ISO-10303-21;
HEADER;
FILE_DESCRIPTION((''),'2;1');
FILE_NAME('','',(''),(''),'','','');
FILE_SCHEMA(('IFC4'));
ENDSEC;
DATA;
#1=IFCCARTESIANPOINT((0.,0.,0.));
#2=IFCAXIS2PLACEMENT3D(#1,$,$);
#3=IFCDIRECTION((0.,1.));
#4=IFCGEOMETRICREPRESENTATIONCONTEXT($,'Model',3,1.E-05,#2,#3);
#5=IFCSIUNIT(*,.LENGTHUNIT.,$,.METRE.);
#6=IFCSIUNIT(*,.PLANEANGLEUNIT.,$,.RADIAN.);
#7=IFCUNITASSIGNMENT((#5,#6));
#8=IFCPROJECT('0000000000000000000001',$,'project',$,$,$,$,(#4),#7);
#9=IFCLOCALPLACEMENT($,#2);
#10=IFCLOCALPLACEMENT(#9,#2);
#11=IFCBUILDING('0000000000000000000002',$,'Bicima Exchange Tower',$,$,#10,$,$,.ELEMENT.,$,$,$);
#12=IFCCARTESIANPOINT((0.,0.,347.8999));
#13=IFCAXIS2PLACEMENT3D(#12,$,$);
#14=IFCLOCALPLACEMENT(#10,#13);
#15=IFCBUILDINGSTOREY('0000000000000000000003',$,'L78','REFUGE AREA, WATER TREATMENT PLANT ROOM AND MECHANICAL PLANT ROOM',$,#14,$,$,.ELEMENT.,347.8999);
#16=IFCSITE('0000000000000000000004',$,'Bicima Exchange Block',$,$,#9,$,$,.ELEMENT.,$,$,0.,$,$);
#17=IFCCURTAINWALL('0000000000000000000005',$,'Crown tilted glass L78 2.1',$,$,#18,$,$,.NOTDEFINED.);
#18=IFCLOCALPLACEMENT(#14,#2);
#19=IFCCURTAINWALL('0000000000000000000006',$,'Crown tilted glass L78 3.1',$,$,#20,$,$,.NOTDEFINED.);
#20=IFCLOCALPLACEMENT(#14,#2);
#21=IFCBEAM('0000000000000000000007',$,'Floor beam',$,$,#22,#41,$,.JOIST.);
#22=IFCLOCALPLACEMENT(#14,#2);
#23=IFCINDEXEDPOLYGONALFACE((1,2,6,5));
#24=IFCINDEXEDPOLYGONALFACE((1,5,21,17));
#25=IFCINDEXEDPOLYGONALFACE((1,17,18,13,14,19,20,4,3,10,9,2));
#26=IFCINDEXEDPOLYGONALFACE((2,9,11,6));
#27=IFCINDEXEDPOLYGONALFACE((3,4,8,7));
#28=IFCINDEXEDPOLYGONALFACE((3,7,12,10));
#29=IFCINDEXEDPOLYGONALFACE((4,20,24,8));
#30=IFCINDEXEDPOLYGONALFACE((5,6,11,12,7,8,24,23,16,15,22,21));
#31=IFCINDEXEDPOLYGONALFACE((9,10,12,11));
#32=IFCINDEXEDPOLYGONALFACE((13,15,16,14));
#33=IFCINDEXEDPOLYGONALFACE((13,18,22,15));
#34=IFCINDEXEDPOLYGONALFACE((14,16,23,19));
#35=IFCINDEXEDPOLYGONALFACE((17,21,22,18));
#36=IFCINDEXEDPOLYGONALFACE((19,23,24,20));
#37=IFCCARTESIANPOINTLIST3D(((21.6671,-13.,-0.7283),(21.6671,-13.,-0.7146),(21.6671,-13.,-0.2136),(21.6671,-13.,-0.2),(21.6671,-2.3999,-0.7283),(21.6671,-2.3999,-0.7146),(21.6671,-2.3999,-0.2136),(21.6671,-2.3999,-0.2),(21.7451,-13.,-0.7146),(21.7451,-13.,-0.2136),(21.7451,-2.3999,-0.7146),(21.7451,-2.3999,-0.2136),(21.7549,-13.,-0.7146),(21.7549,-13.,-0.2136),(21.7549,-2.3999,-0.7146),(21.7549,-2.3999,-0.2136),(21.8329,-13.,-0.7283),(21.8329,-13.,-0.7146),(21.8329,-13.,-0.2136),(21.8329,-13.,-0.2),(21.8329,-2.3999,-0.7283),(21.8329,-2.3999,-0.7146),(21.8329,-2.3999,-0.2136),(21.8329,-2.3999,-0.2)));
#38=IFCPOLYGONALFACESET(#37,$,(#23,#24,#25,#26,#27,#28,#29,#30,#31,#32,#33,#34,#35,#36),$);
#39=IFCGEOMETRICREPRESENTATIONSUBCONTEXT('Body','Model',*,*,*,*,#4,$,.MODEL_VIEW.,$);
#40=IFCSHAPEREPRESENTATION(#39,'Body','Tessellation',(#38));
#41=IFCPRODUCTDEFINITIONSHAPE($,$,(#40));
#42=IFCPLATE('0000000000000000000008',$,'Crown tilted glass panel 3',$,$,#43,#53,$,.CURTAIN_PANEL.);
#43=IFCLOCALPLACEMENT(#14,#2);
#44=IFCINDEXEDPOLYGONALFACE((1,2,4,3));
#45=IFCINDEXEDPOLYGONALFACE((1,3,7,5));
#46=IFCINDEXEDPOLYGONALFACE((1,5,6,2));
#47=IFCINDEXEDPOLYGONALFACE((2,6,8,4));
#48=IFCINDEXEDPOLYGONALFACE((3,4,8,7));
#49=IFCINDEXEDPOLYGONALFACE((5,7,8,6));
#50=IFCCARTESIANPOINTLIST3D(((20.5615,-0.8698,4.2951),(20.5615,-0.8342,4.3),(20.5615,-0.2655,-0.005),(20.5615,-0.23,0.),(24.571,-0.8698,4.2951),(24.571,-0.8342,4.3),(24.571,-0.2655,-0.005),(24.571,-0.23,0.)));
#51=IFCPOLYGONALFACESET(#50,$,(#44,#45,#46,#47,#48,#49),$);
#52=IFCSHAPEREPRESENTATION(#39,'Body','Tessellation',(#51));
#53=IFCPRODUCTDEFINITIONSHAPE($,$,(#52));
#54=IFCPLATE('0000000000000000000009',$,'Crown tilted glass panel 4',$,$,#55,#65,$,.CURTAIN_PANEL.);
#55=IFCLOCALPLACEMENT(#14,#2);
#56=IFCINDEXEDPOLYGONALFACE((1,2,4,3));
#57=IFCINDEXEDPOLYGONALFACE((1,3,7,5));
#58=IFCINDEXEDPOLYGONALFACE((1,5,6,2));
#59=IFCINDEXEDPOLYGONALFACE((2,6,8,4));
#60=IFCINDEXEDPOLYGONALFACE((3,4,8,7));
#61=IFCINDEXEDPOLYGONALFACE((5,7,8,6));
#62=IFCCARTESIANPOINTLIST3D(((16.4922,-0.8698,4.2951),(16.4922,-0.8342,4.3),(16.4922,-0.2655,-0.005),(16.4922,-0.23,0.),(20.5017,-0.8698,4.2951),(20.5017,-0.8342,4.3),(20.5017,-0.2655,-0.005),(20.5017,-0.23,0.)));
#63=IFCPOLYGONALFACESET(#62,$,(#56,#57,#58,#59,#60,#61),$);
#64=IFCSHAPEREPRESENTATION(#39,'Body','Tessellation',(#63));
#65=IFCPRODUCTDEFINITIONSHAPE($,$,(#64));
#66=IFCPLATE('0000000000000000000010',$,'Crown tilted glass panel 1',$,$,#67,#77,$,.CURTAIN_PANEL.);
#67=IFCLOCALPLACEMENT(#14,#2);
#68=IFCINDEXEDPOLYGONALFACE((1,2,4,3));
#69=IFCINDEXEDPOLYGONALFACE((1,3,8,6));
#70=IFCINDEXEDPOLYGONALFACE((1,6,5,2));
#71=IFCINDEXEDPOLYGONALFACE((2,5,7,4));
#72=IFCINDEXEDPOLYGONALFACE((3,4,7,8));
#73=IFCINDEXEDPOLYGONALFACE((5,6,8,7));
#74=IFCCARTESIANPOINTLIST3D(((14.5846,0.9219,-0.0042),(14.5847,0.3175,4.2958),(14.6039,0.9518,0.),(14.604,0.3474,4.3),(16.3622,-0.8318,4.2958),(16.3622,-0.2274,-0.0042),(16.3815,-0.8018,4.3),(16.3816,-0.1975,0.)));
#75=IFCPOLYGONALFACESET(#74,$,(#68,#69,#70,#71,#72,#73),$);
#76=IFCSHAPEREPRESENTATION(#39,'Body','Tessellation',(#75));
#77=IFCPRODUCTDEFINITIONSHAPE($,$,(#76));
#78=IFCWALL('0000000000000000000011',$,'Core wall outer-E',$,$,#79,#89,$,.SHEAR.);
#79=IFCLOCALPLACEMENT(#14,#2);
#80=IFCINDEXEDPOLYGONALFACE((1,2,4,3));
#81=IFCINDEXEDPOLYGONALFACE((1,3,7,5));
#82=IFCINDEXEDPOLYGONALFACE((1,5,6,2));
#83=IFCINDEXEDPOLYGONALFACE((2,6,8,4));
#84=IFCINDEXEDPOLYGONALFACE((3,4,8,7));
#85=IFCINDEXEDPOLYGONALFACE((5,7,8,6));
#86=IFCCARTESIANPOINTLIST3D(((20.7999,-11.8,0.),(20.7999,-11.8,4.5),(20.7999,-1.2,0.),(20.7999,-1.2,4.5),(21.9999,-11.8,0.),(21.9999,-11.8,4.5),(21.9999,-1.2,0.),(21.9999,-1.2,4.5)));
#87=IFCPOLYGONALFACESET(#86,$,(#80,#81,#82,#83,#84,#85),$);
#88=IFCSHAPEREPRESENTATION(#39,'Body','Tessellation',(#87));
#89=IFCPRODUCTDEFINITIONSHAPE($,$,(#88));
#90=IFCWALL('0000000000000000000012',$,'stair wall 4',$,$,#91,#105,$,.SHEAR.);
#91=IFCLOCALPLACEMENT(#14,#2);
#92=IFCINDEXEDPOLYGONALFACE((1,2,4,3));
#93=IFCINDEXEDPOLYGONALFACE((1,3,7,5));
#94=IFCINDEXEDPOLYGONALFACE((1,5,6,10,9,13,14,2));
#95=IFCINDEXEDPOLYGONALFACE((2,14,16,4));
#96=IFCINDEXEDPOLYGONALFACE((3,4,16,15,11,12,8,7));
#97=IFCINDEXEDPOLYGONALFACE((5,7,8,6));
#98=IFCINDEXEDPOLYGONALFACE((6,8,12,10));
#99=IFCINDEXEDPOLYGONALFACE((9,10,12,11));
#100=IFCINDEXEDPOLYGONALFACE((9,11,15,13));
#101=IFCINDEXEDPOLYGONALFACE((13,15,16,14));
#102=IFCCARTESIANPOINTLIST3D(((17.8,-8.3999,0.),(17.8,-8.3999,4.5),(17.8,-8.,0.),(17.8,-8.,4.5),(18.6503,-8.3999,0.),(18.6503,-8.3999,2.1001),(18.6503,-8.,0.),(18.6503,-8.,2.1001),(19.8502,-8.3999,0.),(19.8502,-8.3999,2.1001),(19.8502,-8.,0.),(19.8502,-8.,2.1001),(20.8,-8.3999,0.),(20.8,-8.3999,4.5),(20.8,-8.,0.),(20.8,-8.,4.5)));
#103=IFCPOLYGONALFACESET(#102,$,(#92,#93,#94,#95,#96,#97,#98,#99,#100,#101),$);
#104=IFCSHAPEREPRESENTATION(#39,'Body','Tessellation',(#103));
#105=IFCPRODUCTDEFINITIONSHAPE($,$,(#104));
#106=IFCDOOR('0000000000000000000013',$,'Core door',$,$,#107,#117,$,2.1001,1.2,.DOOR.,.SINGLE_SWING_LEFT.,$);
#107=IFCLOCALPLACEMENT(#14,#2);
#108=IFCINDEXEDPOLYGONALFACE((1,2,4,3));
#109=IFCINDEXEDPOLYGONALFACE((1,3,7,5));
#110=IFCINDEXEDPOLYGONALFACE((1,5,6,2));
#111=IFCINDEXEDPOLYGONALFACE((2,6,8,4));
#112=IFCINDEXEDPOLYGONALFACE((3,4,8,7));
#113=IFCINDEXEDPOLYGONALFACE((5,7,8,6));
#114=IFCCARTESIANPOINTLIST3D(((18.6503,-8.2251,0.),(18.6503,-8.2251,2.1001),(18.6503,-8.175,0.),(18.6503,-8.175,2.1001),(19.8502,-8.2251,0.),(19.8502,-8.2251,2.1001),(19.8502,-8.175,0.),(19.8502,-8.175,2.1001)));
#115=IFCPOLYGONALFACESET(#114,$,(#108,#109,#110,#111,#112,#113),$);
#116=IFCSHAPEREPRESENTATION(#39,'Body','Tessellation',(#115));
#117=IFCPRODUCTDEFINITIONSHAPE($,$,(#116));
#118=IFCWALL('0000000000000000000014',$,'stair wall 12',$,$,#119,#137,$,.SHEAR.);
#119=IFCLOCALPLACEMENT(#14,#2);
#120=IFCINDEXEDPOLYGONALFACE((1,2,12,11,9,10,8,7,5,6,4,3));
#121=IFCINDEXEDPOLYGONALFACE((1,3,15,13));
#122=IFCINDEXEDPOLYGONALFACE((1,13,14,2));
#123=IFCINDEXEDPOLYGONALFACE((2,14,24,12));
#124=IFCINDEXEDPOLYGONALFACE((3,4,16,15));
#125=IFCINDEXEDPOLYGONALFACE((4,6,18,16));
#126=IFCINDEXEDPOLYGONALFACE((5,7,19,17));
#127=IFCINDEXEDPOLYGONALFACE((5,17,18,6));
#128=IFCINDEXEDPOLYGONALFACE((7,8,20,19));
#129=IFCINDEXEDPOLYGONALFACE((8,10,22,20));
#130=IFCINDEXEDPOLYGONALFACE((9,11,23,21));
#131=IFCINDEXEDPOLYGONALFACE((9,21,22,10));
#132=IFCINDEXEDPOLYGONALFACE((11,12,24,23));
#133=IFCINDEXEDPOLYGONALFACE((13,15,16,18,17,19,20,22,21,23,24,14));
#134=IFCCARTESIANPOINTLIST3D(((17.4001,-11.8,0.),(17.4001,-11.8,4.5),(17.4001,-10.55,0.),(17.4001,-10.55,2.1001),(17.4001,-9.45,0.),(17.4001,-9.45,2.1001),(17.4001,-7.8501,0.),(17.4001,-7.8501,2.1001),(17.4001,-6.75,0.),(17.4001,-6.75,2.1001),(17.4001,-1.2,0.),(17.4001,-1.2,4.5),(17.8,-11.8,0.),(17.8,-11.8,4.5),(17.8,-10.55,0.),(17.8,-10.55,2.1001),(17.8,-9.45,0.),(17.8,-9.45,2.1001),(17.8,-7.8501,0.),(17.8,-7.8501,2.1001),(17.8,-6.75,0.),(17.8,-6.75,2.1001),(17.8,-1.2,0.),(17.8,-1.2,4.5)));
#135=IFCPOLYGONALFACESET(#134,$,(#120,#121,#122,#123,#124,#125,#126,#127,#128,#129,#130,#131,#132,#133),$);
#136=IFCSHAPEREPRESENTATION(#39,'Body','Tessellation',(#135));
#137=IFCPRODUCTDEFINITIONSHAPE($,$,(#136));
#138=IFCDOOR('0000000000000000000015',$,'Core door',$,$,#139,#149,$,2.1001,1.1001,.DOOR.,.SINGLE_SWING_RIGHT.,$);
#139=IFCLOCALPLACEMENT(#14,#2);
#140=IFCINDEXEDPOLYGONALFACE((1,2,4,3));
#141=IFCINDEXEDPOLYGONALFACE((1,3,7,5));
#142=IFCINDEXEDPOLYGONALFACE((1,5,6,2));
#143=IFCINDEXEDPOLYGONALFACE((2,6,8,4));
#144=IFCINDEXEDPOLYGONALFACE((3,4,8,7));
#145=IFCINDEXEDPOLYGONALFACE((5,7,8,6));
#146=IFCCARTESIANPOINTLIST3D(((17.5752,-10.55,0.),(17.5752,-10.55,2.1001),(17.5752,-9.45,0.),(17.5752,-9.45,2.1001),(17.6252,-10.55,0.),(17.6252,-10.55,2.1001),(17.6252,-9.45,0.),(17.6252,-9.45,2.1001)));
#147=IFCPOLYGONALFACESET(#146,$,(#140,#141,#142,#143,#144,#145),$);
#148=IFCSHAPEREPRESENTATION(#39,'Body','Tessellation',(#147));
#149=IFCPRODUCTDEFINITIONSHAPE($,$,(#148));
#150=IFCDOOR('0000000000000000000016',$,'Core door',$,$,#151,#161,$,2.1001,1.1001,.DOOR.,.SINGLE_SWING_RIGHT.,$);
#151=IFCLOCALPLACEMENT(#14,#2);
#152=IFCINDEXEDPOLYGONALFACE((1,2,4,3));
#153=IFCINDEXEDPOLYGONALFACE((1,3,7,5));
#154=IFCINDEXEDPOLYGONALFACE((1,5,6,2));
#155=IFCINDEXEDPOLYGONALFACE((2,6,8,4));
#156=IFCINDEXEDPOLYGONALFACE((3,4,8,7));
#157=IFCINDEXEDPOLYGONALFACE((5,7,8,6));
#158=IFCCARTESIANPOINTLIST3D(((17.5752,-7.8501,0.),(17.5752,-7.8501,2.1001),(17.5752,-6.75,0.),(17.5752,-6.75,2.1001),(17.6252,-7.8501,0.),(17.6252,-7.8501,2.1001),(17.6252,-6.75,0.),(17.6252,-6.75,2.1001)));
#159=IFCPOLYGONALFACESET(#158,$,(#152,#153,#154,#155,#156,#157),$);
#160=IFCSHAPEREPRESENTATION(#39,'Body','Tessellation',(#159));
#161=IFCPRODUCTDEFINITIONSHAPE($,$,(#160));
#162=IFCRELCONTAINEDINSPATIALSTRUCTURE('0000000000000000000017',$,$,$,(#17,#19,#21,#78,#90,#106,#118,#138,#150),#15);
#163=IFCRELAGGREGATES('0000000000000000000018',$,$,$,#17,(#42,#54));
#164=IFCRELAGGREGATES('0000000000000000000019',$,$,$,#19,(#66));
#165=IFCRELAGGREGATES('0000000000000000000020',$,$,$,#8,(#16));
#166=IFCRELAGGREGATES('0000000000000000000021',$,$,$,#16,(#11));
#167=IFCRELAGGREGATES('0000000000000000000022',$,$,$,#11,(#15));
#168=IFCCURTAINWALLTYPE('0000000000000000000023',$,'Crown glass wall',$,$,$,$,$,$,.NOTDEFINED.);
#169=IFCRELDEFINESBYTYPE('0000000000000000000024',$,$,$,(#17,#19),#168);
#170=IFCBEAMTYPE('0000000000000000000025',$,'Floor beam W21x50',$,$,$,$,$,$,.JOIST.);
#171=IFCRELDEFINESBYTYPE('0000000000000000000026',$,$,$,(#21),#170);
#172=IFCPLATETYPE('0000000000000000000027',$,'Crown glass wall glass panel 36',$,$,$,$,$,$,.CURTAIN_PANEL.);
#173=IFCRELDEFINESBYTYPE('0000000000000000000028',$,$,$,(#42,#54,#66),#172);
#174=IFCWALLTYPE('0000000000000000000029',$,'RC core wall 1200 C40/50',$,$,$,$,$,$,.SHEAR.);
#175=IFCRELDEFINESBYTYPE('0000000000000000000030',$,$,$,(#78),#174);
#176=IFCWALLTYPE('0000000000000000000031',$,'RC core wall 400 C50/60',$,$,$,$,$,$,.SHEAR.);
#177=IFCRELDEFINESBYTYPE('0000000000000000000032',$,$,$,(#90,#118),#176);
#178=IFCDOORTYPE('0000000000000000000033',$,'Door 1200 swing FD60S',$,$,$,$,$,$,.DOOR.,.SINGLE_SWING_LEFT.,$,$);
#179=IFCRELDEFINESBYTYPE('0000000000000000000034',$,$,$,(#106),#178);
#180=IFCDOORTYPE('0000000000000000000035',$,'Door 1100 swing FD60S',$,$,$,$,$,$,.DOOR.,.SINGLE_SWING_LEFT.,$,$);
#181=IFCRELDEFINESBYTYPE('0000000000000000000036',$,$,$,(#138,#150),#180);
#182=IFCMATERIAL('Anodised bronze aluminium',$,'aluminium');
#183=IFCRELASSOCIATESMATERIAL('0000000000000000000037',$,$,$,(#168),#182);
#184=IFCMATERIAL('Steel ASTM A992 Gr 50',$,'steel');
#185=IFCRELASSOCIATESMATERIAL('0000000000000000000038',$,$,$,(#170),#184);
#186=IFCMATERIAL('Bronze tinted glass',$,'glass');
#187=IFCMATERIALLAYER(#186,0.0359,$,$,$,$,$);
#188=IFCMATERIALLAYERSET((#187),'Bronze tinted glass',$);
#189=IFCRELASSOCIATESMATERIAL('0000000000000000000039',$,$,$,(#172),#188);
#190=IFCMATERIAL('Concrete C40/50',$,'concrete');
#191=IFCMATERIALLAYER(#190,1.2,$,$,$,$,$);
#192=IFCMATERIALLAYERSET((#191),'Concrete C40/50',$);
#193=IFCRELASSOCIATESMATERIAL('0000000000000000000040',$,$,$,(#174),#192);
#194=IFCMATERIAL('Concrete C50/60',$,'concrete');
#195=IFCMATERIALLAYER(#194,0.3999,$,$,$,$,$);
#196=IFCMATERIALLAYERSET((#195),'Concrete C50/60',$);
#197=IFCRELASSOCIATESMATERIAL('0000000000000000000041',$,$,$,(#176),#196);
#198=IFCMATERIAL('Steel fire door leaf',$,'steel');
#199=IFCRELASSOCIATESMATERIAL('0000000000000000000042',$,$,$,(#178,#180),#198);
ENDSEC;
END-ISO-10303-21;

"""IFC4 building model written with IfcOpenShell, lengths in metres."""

from ifc_helpers import new_model, si_unit, direction, frame, frame_2d, origin, origin_2d, place, context, subcontext, project, spatial, polyline, rectangle, i_section, outline, extrude, material, layer, layer_set, material_profile, profile_set, type_object, element, fill, aggregate, save


model = new_model("IFC4")

# Units and contexts
model_context = context("Model", 3, precision=1e-05, world=origin(), true_north=direction((0.0, 1.0)))
body_context = subcontext(model_context, "Body", "Model", "MODEL_VIEW")
ifc_project = project(units=[si_unit("LENGTHUNIT", "METRE"), si_unit("PLANEANGLEUNIT", "RADIAN")], contexts=[model_context])

# Site, building, storey
site_placement = place(None, origin())
site = spatial("IfcSite", under=ifc_project, at=site_placement, Name="Bicima Exchange Block", CompositionType="ELEMENT", RefElevation=0.0)
building_placement = place(site_placement, origin())
building = spatial("IfcBuilding", under=site, at=building_placement, Name="Bicima Exchange Tower", CompositionType="ELEMENT")
storey_placement = place(building_placement, frame((0.0, 0.0, 347.8999)))
storey = spatial("IfcBuildingStorey", under=building, at=storey_placement, Name="L78", Description="REFUGE AREA, WATER TREATMENT PLANT ROOM AND MECHANICAL PLANT ROOM", CompositionType="ELEMENT", Elevation=347.8999)

# Curtain wall
ifc_material_1 = material(Name="Anodised bronze aluminium", Category="aluminium")
curtain_wall_type_1 = type_object("IfcCurtainWallType", Name="Crown glass wall", PredefinedType="NOTDEFINED", material=ifc_material_1)
curtain_wall_1_placement = place(storey_placement, origin())
curtain_wall_1 = element("IfcCurtainWall", 1, at=curtain_wall_1_placement, inside=storey, type_object=curtain_wall_type_1, Name="Crown tilted glass L78 2.1", PredefinedType="NOTDEFINED")

# Curtain wall
curtain_wall_2_placement = place(storey_placement, origin())
curtain_wall_2 = element("IfcCurtainWall", 2, at=curtain_wall_2_placement, inside=storey, type_object=curtain_wall_type_1, Name="Crown tilted glass L78 3.1", PredefinedType="NOTDEFINED")

# Beam
ifc_material_2 = material(Name="Steel ASTM A992 Gr 50", Category="steel")
ifc_material_profile_1 = material_profile(ifc_material_2, i_section(OverallWidth=0.1658, OverallDepth=0.5283, WebThickness=0.0098, FlangeThickness=0.0137, at=origin_2d()))
ifc_profile_set_1 = profile_set([ifc_material_profile_1], Name="Steel ASTM A992 Gr 50")
beam_type = type_object("IfcBeamType", Name="Floor beam W21x50", PredefinedType="JOIST", material=ifc_profile_set_1)
beam_placement = place(storey_placement, frame((21.75, -2.3999, -0.4641), z_axis=(0.0, -1.0, 0.0), x_axis=(1.0, 0.0, 0.0)))
element("IfcBeam", 3, at=beam_placement, inside=storey, type_object=beam_type, Name="Floor beam", PredefinedType="JOIST", context=body_context, shape_type="SweptSolid", body=[
    extrude(i_section(OverallWidth=0.1658, OverallDepth=0.5283, WebThickness=0.0098, FlangeThickness=0.0137, at=origin_2d()), origin(), (0.0, 0.0, 1.0), 10.6001),
])

# Plates
ifc_material_3 = material(Name="Bronze tinted glass", Category="glass")
ifc_layer_1 = layer(ifc_material_3, 0.0359)
ifc_layer_set_1 = layer_set([ifc_layer_1], Name="Bronze tinted glass")
plate_type = type_object("IfcPlateType", Name="Crown glass wall glass panel 36", PredefinedType="CURTAIN_PANEL", material=ifc_layer_set_1)
plate_1_placement = place(storey_placement, frame((24.571, -0.23, 0.0), z_axis=(0.0, 0.990271, 0.139154), x_axis=(-1.0, 0.0, 0.0)))
plate_1 = element("IfcPlate", 4, at=plate_1_placement, type_object=plate_type, Name="Crown tilted glass panel 3", PredefinedType="CURTAIN_PANEL", context=body_context, shape_type="SweptSolid", body=[
    extrude(outline(polyline([(0.0, 0.0), (4.0095, 0.0), (4.0095, 4.3423), (0.0, 4.3423), (0.0, 0.0)])), origin(), (0.0, 0.0, -1.0), 0.0359),
])
plate_2_placement = place(storey_placement, frame((20.5017, -0.23, 0.0), z_axis=(0.0, 0.990271, 0.139154), x_axis=(-1.0, 0.0, 0.0)))
plate_2 = element("IfcPlate", 5, at=plate_2_placement, type_object=plate_type, Name="Crown tilted glass panel 4", PredefinedType="CURTAIN_PANEL", context=body_context, shape_type="SweptSolid", body=[
    extrude(outline(polyline([(0.0, 0.0), (4.0095, 0.0), (4.0095, 4.3423), (0.0, 4.3423), (0.0, 0.0)])), origin(), (0.0, 0.0, -1.0), 0.0359),
])
aggregate(curtain_wall_1, [plate_1, plate_2])
plate_3_placement = place(storey_placement, frame((16.3816, -0.1975, 0.0), z_axis=(0.539205, 0.833978, 0.117215), x_axis=(-0.839766, 0.542948, -0.000006)))
plate_3 = element("IfcPlate", 6, at=plate_3_placement, type_object=plate_type, Name="Crown tilted glass panel 1", PredefinedType="CURTAIN_PANEL", context=body_context, shape_type="SweptSolid", body=[
    extrude(outline(polyline([(0.0, 0.0), (2.1168, 0.0), (1.7886, 4.3299), (-0.3281, 4.3299), (0.0, 0.0)])), origin(), (0.0, 0.0, -1.0), 0.0359),
])
aggregate(curtain_wall_2, [plate_3])

# Wall
ifc_material_4 = material(Name="Concrete C40/50", Category="concrete")
ifc_layer_2 = layer(ifc_material_4, 1.2)
ifc_layer_set_2 = layer_set([ifc_layer_2], Name="Concrete C40/50")
wall_type_1 = type_object("IfcWallType", Name="RC core wall 1200 C40/50", PredefinedType="SHEAR", material=ifc_layer_set_2)
wall_1_placement = place(storey_placement, frame((21.3999, -11.8, 0.0), z_axis=(0.0, 0.0, 1.0), x_axis=(0.0, 1.0, 0.0)))
element("IfcWall", 7, at=wall_1_placement, inside=storey, type_object=wall_type_1, Name="Core wall outer-E", PredefinedType="SHEAR", context=body_context, shape_type="SweptSolid", body=[
    extrude(rectangle(XDim=10.6001, YDim=1.2, at=frame_2d((5.3, 0.0))), origin(), (0.0, 0.0, 1.0), 4.5),
])

# Wall, opening, door
ifc_material_5 = material(Name="Concrete C50/60", Category="concrete")
ifc_layer_3 = layer(ifc_material_5, 0.3999)
ifc_layer_set_3 = layer_set([ifc_layer_3], Name="Concrete C50/60")
wall_type_2 = type_object("IfcWallType", Name="RC core wall 400 C50/60", PredefinedType="SHEAR", material=ifc_layer_set_3)
wall_2_placement = place(storey_placement, frame((17.8, -8.2, 0.0), z_axis=(0.0, 0.0, 1.0), x_axis=(1.0, 0.0, 0.0)))
wall_2 = element("IfcWall", 8, at=wall_2_placement, inside=storey, type_object=wall_type_2, Name="stair wall 4", PredefinedType="SHEAR", context=body_context, shape_type="SweptSolid", body=[
    extrude(rectangle(XDim=3.0, YDim=0.3999, at=frame_2d((1.5, 0.0))), origin(), (0.0, 0.0, 1.0), 4.5),
])
opening_1_placement = place(wall_2_placement, frame((0.8501, 0.0, 0.0)))
opening_1 = element("IfcOpeningElement", 9, at=opening_1_placement, cuts=wall_2, PredefinedType="OPENING", context=body_context, shape_type="SweptSolid", body=[
    extrude(rectangle(XDim=1.2, YDim=2.1001, at=frame_2d((0.6001, 1.05))), frame((0.0, 0.2119, 0.0), z_axis=(0.0, -1.0, 0.0), x_axis=(1.0, 0.0, 0.0)), (0.0, 0.0, 1.0), 0.4238),
])
ifc_material_6 = material(Name="Steel fire door leaf", Category="steel")
door_type_1 = type_object("IfcDoorType", Name="Door 1200 swing FD60S", OperationType="SINGLE_SWING_LEFT", PredefinedType="DOOR", material=ifc_material_6)
door_1_placement = place(opening_1_placement, origin())
door_1 = element("IfcDoor", 10, at=door_1_placement, inside=storey, type_object=door_type_1, Name="Core door", OperationType="SINGLE_SWING_LEFT", OverallHeight=2.1001, OverallWidth=1.2, PredefinedType="DOOR", context=body_context, shape_type="SweptSolid", body=[
    extrude(rectangle(XDim=1.2, YDim=2.1001, at=frame_2d((0.6001, 1.05))), frame((0.0, 0.0249, 0.0), z_axis=(0.0, -1.0, 0.0), x_axis=(1.0, 0.0, 0.0)), (0.0, 0.0, 1.0), 0.05),
])
fill(opening_1, door_1)

# Wall, openings, doors
wall_3_placement = place(storey_placement, frame((17.6001, -11.8, 0.0), z_axis=(0.0, 0.0, 1.0), x_axis=(0.0, 1.0, 0.0)))
wall_3 = element("IfcWall", 11, at=wall_3_placement, inside=storey, type_object=wall_type_2, Name="stair wall 12", PredefinedType="SHEAR", context=body_context, shape_type="SweptSolid", body=[
    extrude(rectangle(XDim=10.6001, YDim=0.3999, at=frame_2d((5.3, 0.0))), origin(), (0.0, 0.0, 1.0), 4.5),
])
opening_2_placement = place(wall_3_placement, frame((1.25, 0.0, 0.0)))
opening_2 = element("IfcOpeningElement", 12, at=opening_2_placement, cuts=wall_3, PredefinedType="OPENING", context=body_context, shape_type="SweptSolid", body=[
    extrude(rectangle(XDim=1.1001, YDim=2.1001, at=frame_2d((0.55, 1.05))), frame((0.0, 0.2119, 0.0), z_axis=(0.0, -1.0, 0.0), x_axis=(1.0, 0.0, 0.0)), (0.0, 0.0, 1.0), 0.4238),
])
opening_3_placement = place(wall_3_placement, frame((3.95, 0.0, 0.0)))
opening_3 = element("IfcOpeningElement", 13, at=opening_3_placement, cuts=wall_3, PredefinedType="OPENING", context=body_context, shape_type="SweptSolid", body=[
    extrude(rectangle(XDim=1.1001, YDim=2.1001, at=frame_2d((0.55, 1.05))), frame((0.0, 0.2119, 0.0), z_axis=(0.0, -1.0, 0.0), x_axis=(1.0, 0.0, 0.0)), (0.0, 0.0, 1.0), 0.4238),
])
door_type_2 = type_object("IfcDoorType", Name="Door 1100 swing FD60S", OperationType="SINGLE_SWING_LEFT", PredefinedType="DOOR", material=ifc_material_6)
door_2_placement = place(opening_2_placement, origin())
door_2 = element("IfcDoor", 14, at=door_2_placement, inside=storey, type_object=door_type_2, Name="Core door", OperationType="SINGLE_SWING_RIGHT", OverallHeight=2.1001, OverallWidth=1.1001, PredefinedType="DOOR", context=body_context, shape_type="SweptSolid", body=[
    extrude(rectangle(XDim=1.1001, YDim=2.1001, at=frame_2d((0.55, 1.05))), frame((0.0, 0.0249, 0.0), z_axis=(0.0, -1.0, 0.0), x_axis=(1.0, 0.0, 0.0)), (0.0, 0.0, 1.0), 0.05),
])
fill(opening_2, door_2)
door_3_placement = place(opening_3_placement, origin())
door_3 = element("IfcDoor", 15, at=door_3_placement, inside=storey, type_object=door_type_2, Name="Core door", OperationType="SINGLE_SWING_RIGHT", OverallHeight=2.1001, OverallWidth=1.1001, PredefinedType="DOOR", context=body_context, shape_type="SweptSolid", body=[
    extrude(rectangle(XDim=1.1001, YDim=2.1001, at=frame_2d((0.55, 1.05))), frame((0.0, 0.0249, 0.0), z_axis=(0.0, -1.0, 0.0), x_axis=(1.0, 0.0, 0.0)), (0.0, 0.0, 1.0), 0.05),
])
fill(opening_3, door_3)

save(model, "model.ifc")
